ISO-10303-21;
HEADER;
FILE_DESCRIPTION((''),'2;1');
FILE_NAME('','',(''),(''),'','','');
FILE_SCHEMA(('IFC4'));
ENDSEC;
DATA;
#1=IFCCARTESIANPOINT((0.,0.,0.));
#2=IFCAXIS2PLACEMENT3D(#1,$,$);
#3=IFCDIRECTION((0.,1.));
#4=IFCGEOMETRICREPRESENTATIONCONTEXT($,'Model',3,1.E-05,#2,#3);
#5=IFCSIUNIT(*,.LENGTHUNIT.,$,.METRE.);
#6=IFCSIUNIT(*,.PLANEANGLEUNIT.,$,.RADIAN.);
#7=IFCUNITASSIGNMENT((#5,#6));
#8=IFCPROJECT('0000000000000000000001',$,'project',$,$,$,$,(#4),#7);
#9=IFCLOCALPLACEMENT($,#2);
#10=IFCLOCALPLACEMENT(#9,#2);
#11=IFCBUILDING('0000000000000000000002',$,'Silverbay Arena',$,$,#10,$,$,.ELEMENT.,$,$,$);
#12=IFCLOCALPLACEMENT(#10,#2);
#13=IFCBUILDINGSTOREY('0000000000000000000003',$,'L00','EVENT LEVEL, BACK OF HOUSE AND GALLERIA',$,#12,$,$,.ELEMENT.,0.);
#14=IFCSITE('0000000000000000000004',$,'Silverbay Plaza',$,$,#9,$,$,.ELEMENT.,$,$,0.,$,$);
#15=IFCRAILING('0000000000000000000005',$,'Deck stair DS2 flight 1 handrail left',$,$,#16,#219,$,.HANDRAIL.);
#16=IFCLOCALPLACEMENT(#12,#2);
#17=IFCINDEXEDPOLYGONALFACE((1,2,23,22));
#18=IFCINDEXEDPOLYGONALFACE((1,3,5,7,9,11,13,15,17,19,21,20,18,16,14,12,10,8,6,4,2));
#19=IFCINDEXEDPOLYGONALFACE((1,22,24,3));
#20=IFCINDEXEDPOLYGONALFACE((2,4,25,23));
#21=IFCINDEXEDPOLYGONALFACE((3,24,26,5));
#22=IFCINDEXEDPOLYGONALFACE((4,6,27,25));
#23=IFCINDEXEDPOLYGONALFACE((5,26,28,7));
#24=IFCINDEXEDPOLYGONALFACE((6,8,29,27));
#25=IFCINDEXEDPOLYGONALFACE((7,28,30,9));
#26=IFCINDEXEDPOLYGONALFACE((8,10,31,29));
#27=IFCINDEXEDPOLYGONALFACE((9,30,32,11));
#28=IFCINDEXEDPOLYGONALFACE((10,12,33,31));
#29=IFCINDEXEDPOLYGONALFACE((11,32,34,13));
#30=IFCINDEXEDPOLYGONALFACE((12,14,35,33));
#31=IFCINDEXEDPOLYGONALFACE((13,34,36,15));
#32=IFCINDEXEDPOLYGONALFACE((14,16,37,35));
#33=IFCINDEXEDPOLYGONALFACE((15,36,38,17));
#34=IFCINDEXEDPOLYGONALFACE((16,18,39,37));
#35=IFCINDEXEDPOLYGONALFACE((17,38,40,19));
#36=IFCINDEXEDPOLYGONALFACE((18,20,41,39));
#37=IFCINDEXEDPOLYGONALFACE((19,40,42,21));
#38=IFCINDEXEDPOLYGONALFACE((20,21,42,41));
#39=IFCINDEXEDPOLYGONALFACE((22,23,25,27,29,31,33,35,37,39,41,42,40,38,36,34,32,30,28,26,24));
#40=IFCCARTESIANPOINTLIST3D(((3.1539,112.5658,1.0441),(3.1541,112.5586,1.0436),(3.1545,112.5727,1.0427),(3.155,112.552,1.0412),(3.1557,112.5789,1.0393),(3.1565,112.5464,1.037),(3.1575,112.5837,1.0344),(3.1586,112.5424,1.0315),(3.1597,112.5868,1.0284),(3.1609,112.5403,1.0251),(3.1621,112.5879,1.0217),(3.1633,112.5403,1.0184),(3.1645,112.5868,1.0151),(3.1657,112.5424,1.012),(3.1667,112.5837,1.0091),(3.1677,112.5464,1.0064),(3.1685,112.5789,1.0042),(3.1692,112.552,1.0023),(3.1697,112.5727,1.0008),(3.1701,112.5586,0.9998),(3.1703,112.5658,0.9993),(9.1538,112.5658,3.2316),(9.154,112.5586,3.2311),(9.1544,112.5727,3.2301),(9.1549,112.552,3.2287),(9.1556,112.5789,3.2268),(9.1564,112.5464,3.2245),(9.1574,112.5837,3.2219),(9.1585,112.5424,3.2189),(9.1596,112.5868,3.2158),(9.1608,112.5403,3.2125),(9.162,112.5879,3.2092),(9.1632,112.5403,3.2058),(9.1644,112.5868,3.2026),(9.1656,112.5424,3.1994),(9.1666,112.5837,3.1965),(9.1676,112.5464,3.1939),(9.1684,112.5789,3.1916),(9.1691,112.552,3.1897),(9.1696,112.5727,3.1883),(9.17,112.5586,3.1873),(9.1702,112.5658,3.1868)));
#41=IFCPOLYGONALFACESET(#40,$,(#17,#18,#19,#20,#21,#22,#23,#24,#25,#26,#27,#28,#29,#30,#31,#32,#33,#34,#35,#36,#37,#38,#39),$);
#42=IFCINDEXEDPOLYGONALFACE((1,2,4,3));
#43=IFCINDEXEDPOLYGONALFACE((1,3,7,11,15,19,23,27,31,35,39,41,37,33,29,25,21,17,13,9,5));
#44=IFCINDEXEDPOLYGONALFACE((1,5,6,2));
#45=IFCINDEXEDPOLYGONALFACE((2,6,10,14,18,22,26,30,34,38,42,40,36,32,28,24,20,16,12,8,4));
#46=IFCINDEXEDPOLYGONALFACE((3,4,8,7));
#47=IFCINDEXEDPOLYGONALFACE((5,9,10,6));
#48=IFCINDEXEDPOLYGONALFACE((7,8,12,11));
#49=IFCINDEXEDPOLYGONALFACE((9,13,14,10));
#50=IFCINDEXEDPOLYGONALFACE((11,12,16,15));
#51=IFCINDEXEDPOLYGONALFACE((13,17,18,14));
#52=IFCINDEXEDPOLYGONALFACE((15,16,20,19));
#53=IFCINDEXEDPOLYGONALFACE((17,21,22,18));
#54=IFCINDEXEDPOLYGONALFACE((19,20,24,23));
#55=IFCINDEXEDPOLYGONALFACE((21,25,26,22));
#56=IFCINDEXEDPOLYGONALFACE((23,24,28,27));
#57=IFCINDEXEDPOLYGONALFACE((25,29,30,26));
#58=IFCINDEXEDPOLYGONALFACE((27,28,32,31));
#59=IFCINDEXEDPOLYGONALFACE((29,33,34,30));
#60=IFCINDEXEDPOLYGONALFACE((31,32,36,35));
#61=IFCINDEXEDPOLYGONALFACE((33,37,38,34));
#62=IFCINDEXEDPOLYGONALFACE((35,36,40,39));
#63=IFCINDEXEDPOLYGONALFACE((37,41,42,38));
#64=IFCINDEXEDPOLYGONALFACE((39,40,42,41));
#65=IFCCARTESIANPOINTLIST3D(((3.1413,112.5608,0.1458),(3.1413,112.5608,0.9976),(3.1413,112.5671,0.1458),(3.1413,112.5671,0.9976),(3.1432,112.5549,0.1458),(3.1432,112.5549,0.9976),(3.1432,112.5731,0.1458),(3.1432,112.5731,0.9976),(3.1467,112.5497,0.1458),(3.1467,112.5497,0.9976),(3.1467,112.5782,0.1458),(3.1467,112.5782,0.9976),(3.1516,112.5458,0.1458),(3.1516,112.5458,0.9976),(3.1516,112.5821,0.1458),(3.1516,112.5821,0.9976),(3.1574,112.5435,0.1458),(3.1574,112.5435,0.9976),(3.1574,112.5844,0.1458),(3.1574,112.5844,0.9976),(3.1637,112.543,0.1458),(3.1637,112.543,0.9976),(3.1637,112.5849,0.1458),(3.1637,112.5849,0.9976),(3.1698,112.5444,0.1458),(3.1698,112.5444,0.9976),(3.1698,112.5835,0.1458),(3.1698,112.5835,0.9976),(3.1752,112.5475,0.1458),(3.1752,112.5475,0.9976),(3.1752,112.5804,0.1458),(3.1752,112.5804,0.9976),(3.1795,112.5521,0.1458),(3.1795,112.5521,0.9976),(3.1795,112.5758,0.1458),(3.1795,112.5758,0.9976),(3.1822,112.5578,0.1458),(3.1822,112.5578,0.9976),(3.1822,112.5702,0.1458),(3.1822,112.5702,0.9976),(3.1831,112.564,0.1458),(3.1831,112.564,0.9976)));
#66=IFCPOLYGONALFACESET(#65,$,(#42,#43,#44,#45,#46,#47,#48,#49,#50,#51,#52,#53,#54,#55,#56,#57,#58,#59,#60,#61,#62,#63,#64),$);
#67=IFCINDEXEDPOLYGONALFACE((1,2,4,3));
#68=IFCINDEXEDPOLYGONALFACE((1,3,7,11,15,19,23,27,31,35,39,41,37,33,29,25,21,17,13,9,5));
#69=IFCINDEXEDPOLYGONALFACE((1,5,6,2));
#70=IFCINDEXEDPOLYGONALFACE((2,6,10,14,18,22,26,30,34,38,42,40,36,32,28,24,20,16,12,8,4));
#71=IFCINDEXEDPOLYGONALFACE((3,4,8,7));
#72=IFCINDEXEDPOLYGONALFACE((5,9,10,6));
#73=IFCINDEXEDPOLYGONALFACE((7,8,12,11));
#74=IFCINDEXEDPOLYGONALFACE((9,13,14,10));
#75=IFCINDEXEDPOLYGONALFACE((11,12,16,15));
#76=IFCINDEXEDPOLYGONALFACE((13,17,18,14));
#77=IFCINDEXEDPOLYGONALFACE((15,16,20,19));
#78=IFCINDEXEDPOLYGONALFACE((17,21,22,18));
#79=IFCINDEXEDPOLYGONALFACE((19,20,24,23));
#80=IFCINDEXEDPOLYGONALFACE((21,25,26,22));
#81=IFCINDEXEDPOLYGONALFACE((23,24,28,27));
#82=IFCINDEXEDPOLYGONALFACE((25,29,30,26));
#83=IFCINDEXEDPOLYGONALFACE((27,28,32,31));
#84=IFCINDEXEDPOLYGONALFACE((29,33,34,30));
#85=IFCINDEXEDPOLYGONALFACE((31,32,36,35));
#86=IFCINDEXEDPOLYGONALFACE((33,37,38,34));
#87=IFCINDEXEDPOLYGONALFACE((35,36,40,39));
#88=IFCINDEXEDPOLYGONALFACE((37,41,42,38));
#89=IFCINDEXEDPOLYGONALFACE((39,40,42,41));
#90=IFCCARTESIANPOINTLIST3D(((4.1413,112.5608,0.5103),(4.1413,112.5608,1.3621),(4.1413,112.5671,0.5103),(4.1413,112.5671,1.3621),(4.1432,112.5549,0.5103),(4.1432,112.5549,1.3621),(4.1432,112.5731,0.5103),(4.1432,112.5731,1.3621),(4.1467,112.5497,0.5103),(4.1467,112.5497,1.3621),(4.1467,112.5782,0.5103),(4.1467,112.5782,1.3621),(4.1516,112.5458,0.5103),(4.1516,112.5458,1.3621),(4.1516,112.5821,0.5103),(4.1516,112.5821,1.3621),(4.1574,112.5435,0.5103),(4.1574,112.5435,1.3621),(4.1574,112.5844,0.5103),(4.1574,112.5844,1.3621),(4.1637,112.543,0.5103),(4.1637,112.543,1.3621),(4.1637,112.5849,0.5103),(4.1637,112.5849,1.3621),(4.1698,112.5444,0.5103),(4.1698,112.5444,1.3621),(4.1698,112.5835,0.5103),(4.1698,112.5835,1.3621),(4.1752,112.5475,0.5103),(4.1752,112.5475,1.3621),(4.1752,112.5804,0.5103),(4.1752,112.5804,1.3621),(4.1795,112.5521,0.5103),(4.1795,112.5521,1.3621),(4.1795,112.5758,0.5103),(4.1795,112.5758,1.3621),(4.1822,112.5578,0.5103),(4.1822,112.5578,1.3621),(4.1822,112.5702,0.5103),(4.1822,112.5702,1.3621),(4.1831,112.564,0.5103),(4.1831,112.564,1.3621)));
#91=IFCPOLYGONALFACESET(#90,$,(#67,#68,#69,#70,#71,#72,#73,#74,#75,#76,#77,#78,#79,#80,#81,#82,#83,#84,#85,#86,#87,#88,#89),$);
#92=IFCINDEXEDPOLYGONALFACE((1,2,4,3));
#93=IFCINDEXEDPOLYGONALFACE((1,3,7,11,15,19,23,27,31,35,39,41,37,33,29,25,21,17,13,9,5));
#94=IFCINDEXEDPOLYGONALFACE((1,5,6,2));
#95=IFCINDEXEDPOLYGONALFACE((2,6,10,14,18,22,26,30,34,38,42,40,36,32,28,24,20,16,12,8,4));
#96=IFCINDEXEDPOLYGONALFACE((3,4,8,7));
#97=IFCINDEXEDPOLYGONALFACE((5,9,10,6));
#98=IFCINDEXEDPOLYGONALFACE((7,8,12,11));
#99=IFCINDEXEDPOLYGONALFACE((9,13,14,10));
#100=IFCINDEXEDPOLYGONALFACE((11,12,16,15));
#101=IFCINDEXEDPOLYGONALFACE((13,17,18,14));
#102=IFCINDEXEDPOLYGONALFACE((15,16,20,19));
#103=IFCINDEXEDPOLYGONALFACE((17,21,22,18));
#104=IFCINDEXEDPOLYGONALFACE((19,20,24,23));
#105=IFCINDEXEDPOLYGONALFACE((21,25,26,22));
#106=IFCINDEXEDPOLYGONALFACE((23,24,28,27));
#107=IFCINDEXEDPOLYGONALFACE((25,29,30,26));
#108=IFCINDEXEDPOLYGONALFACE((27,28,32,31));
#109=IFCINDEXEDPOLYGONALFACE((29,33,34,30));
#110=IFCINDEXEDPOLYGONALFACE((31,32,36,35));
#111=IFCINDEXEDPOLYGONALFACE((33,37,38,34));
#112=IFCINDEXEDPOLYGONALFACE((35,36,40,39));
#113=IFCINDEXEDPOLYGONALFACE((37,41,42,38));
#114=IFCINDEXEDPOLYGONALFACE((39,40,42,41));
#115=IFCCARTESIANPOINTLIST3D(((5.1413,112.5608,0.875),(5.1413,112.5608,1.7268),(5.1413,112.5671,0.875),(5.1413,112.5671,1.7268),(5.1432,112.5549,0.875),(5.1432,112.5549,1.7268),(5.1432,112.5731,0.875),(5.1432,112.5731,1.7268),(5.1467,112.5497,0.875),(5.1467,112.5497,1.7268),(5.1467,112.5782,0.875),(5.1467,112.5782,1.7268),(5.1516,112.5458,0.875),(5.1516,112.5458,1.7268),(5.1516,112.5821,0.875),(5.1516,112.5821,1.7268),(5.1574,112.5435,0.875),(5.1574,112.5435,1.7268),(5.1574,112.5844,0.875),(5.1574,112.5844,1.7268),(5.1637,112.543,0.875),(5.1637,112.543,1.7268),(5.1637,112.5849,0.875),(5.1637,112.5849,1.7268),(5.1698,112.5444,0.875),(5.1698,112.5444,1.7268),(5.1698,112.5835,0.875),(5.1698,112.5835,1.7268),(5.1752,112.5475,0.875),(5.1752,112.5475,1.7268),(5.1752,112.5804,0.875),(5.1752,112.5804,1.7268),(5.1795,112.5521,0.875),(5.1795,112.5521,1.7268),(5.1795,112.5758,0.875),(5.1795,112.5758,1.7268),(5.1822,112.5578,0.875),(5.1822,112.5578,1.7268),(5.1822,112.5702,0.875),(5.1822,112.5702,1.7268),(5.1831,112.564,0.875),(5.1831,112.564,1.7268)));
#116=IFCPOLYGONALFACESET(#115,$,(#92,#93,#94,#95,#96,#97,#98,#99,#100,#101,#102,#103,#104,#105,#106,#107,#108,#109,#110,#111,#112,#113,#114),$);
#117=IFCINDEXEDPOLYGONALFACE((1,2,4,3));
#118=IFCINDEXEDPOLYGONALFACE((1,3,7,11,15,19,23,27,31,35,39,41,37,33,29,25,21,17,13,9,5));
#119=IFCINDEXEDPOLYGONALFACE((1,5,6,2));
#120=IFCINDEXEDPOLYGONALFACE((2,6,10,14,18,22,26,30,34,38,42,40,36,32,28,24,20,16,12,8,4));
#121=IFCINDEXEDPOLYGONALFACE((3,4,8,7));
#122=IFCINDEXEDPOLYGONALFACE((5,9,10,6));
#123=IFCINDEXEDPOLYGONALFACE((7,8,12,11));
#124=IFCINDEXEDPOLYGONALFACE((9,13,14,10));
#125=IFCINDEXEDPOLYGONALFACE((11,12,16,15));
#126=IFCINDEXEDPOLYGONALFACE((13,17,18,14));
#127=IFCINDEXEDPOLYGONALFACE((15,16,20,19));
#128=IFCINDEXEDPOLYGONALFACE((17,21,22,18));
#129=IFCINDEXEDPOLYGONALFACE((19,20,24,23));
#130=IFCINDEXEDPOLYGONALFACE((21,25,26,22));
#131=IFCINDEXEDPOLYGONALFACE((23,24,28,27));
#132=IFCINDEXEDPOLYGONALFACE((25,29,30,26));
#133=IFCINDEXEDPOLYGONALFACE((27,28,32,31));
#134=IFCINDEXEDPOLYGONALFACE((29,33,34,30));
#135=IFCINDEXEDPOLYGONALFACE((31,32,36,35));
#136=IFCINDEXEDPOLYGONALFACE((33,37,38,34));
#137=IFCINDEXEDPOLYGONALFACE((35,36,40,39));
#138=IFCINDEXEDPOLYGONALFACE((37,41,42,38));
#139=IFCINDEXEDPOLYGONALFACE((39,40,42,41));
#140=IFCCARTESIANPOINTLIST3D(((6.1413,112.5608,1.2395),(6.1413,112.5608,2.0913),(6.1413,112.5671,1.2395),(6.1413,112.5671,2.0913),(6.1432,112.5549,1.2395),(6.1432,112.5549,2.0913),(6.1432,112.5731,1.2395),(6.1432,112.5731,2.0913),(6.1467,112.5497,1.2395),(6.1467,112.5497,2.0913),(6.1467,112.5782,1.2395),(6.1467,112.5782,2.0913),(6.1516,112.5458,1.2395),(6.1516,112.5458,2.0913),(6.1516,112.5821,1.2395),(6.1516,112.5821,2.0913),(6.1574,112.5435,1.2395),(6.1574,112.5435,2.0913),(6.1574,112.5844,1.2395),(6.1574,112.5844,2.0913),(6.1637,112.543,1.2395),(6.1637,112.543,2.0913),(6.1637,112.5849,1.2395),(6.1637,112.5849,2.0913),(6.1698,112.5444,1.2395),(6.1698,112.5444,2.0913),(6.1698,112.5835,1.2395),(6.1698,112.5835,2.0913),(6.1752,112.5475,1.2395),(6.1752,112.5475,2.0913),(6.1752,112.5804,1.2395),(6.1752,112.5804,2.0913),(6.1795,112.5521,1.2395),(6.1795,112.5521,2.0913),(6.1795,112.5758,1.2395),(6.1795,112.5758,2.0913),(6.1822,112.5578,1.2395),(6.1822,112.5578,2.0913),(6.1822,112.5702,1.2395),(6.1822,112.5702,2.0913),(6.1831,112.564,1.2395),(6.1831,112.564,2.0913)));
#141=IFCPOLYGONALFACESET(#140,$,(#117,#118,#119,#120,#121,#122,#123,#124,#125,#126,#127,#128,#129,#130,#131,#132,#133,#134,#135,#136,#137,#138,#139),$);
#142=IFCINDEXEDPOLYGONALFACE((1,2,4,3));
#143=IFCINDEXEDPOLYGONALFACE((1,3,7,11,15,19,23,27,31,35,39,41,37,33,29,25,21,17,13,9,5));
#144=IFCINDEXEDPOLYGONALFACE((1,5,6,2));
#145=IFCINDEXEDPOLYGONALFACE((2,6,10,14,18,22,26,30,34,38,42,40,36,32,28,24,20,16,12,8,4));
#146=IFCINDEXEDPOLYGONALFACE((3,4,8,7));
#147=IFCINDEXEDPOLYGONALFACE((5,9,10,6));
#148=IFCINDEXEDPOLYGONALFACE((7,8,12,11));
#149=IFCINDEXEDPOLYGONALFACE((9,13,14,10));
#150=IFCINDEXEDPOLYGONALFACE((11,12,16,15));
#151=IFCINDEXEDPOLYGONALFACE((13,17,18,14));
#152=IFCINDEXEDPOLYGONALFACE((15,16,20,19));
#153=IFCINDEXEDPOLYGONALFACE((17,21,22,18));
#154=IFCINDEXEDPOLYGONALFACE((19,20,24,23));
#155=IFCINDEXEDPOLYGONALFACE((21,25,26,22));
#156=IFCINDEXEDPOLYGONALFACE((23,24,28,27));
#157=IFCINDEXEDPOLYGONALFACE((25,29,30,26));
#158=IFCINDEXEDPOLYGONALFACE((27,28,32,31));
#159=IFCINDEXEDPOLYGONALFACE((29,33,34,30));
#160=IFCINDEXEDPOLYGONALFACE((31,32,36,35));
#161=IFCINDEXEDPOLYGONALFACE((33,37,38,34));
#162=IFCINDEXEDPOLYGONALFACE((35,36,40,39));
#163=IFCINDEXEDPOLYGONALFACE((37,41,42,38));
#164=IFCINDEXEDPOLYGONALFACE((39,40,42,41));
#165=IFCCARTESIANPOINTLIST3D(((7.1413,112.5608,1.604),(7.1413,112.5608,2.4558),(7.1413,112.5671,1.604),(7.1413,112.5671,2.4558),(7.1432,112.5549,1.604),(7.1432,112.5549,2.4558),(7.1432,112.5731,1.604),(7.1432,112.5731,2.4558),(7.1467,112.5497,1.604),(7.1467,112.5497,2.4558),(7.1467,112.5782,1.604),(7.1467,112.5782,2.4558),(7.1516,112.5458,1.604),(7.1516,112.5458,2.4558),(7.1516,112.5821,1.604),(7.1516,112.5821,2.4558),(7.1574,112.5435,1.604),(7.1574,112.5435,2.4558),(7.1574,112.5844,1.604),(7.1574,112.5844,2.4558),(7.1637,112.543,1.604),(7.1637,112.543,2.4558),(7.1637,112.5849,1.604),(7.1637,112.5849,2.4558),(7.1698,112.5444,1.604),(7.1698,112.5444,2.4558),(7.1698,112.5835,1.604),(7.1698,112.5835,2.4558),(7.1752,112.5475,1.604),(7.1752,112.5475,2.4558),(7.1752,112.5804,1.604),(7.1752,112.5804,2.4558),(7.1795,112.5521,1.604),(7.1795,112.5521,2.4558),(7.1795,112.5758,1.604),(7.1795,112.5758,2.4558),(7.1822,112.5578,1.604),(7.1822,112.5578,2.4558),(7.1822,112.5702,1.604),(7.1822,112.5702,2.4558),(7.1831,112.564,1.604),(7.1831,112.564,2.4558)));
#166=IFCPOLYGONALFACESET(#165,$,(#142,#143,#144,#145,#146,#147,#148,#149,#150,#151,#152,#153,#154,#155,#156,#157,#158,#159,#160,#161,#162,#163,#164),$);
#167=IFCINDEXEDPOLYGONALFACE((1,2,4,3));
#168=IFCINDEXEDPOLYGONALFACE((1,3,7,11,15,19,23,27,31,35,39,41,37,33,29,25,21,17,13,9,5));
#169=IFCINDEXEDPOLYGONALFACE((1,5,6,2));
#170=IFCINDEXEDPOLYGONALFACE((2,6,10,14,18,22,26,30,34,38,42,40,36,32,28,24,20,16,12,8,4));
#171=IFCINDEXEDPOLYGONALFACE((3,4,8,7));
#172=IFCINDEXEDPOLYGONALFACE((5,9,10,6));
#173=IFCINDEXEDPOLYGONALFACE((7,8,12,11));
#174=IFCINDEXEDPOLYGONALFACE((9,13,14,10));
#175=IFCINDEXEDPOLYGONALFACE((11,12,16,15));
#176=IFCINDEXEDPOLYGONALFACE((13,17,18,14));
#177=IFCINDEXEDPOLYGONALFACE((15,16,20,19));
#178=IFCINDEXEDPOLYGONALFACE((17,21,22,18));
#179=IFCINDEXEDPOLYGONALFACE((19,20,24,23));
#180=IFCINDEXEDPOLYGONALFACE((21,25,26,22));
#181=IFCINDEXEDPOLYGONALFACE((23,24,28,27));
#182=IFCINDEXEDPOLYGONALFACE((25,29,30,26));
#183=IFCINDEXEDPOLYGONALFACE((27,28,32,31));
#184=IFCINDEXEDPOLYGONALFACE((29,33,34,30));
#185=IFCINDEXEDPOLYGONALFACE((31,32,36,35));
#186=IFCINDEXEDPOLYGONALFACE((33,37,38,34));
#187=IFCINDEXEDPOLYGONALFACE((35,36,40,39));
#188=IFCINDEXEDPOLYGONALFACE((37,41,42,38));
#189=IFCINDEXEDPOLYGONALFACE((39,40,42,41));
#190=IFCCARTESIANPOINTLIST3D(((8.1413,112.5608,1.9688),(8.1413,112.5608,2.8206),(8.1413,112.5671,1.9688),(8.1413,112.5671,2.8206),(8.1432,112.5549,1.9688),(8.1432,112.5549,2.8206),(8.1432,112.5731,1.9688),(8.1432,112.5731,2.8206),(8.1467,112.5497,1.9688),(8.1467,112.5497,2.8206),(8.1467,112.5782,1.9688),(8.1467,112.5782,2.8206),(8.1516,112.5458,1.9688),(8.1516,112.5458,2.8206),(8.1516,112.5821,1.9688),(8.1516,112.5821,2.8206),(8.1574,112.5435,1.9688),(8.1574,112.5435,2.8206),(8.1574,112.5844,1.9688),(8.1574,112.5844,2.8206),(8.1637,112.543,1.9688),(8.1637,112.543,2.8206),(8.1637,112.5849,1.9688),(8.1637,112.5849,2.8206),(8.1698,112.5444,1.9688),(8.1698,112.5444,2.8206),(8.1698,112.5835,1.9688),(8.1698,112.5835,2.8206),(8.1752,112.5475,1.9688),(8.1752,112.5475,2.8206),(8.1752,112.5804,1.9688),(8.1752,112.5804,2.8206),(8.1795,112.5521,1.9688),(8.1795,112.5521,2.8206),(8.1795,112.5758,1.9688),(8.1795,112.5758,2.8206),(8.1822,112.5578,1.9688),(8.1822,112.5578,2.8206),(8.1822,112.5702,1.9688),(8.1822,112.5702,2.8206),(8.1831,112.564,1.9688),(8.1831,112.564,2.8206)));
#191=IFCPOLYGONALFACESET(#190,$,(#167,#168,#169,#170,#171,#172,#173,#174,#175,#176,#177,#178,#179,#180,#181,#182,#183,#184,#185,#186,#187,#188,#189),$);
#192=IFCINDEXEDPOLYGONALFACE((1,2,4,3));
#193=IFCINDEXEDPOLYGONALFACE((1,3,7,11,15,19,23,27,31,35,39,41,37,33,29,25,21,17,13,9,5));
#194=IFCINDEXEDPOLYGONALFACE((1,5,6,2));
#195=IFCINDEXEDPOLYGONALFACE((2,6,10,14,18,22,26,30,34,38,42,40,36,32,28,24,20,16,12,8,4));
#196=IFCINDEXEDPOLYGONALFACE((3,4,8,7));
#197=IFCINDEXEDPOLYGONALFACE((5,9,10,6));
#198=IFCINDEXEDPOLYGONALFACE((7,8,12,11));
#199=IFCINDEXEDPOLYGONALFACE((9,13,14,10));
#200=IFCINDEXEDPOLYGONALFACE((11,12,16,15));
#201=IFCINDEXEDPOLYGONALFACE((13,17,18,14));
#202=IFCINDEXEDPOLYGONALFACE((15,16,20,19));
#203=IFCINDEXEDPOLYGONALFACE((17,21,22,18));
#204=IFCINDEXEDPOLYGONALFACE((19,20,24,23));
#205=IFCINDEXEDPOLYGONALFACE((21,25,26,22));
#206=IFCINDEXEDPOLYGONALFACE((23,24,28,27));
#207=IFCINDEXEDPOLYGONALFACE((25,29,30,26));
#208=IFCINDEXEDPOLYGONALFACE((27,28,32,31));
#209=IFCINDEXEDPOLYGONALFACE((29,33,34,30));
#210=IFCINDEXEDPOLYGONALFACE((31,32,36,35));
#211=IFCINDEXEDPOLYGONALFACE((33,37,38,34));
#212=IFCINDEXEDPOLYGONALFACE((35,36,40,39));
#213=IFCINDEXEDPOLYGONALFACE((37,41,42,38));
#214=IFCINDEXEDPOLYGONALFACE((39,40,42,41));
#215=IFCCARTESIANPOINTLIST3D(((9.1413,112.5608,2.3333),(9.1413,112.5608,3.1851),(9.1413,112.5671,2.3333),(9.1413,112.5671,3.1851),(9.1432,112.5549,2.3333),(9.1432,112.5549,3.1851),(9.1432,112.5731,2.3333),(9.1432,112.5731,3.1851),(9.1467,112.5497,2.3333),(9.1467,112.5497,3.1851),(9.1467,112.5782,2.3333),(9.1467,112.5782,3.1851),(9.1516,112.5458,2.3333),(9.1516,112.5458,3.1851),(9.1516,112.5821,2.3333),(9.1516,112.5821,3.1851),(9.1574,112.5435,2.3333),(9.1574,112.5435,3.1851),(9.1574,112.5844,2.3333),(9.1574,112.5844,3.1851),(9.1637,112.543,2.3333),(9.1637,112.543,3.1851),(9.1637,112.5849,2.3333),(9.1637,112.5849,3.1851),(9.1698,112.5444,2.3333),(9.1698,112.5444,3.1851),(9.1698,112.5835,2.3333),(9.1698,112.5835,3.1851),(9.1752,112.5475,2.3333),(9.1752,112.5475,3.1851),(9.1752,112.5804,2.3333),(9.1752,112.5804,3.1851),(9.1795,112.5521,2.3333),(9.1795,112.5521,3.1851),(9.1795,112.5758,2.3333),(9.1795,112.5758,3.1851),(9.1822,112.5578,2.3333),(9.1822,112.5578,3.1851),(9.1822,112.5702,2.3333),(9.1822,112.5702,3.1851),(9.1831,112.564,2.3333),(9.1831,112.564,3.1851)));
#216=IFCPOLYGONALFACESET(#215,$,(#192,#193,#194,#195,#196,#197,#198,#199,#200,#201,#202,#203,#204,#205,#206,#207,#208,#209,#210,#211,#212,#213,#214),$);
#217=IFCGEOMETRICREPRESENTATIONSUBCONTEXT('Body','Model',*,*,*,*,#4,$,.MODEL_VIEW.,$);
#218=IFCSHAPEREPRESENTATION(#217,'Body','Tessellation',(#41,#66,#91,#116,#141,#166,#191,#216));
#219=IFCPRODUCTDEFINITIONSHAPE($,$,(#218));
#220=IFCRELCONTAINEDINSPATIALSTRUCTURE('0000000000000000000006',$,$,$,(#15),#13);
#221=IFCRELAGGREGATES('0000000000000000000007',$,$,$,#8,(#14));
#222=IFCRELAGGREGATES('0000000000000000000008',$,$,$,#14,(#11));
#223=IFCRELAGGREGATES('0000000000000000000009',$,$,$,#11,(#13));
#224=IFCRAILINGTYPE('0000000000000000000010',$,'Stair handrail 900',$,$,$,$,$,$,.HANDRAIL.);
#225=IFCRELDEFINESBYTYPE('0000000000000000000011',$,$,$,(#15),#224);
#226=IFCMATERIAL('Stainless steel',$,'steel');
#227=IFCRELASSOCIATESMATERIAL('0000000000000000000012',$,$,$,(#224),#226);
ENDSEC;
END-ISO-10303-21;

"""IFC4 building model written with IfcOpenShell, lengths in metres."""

from ifc_helpers import new_model, si_unit, direction, frame, origin, origin_2d, place, context, subcontext, project, spatial, circle, extrude, material, type_object, element, save


model = new_model("IFC4")

# Units and contexts
model_context = context("Model", 3, precision=1e-05, world=origin(), true_north=direction((0.0, 1.0)))
body_context = subcontext(model_context, "Body", "Model", "MODEL_VIEW")
ifc_project = project(units=[si_unit("LENGTHUNIT", "METRE"), si_unit("PLANEANGLEUNIT", "RADIAN")], contexts=[model_context])

# Site, building, storey
site_placement = place(None, origin())
site = spatial("IfcSite", under=ifc_project, at=site_placement, Name="Silverbay Plaza", CompositionType="ELEMENT", RefElevation=0.0)
building_placement = place(site_placement, origin())
building = spatial("IfcBuilding", under=site, at=building_placement, Name="Silverbay Arena", CompositionType="ELEMENT")
storey_placement = place(building_placement, origin())
storey = spatial("IfcBuildingStorey", under=building, at=storey_placement, Name="L00", Description="EVENT LEVEL, BACK OF HOUSE AND GALLERIA", CompositionType="ELEMENT", Elevation=0.0)

# Railing
ifc_material_1 = material(Name="Stainless steel", Category="steel")
railing_type_1 = type_object("IfcRailingType", Name="Stair handrail 900", PredefinedType="HANDRAIL", material=ifc_material_1)
for number, where, name in (
    (1, (3.1621, 112.564, 0.1458), "Deck stair DS2 flight 1 handrail left"),
):
    element("IfcRailing", number, at=place(storey_placement, frame(where)), inside=storey, type_object=railing_type_1, Name=name, PredefinedType="HANDRAIL", context=body_context, shape_type="SweptSolid", body=[
        extrude(circle(Radius=0.0239, at=origin_2d()), frame((0.0, 0.0, 0.876), z_axis=(0.939507, 0.0, 0.342529), x_axis=(0.0, 1.0, 0.0)), (0.0, 0.0, 1.0), 6.3862),
        extrude(circle(Radius=0.021, at=origin_2d()), origin(), (0.0, 0.0, 1.0), 0.8518),
        extrude(circle(Radius=0.021, at=origin_2d()), frame((1.0, 0.0, 0.3645)), (0.0, 0.0, 1.0), 0.8518),
        extrude(circle(Radius=0.021, at=origin_2d()), frame((2.0, 0.0, 0.7292)), (0.0, 0.0, 1.0), 0.8518),
        extrude(circle(Radius=0.021, at=origin_2d()), frame((3.0, 0.0, 1.0938)), (0.0, 0.0, 1.0), 0.8518),
        extrude(circle(Radius=0.021, at=origin_2d()), frame((4.0, 0.0, 1.4583)), (0.0, 0.0, 1.0), 0.8518),
        extrude(circle(Radius=0.021, at=origin_2d()), frame((5.0, 0.0, 1.823)), (0.0, 0.0, 1.0), 0.8518),
        extrude(circle(Radius=0.021, at=origin_2d()), frame((6.0, 0.0, 2.1875)), (0.0, 0.0, 1.0), 0.8518),
    ])

save(model, "model.ifc")
